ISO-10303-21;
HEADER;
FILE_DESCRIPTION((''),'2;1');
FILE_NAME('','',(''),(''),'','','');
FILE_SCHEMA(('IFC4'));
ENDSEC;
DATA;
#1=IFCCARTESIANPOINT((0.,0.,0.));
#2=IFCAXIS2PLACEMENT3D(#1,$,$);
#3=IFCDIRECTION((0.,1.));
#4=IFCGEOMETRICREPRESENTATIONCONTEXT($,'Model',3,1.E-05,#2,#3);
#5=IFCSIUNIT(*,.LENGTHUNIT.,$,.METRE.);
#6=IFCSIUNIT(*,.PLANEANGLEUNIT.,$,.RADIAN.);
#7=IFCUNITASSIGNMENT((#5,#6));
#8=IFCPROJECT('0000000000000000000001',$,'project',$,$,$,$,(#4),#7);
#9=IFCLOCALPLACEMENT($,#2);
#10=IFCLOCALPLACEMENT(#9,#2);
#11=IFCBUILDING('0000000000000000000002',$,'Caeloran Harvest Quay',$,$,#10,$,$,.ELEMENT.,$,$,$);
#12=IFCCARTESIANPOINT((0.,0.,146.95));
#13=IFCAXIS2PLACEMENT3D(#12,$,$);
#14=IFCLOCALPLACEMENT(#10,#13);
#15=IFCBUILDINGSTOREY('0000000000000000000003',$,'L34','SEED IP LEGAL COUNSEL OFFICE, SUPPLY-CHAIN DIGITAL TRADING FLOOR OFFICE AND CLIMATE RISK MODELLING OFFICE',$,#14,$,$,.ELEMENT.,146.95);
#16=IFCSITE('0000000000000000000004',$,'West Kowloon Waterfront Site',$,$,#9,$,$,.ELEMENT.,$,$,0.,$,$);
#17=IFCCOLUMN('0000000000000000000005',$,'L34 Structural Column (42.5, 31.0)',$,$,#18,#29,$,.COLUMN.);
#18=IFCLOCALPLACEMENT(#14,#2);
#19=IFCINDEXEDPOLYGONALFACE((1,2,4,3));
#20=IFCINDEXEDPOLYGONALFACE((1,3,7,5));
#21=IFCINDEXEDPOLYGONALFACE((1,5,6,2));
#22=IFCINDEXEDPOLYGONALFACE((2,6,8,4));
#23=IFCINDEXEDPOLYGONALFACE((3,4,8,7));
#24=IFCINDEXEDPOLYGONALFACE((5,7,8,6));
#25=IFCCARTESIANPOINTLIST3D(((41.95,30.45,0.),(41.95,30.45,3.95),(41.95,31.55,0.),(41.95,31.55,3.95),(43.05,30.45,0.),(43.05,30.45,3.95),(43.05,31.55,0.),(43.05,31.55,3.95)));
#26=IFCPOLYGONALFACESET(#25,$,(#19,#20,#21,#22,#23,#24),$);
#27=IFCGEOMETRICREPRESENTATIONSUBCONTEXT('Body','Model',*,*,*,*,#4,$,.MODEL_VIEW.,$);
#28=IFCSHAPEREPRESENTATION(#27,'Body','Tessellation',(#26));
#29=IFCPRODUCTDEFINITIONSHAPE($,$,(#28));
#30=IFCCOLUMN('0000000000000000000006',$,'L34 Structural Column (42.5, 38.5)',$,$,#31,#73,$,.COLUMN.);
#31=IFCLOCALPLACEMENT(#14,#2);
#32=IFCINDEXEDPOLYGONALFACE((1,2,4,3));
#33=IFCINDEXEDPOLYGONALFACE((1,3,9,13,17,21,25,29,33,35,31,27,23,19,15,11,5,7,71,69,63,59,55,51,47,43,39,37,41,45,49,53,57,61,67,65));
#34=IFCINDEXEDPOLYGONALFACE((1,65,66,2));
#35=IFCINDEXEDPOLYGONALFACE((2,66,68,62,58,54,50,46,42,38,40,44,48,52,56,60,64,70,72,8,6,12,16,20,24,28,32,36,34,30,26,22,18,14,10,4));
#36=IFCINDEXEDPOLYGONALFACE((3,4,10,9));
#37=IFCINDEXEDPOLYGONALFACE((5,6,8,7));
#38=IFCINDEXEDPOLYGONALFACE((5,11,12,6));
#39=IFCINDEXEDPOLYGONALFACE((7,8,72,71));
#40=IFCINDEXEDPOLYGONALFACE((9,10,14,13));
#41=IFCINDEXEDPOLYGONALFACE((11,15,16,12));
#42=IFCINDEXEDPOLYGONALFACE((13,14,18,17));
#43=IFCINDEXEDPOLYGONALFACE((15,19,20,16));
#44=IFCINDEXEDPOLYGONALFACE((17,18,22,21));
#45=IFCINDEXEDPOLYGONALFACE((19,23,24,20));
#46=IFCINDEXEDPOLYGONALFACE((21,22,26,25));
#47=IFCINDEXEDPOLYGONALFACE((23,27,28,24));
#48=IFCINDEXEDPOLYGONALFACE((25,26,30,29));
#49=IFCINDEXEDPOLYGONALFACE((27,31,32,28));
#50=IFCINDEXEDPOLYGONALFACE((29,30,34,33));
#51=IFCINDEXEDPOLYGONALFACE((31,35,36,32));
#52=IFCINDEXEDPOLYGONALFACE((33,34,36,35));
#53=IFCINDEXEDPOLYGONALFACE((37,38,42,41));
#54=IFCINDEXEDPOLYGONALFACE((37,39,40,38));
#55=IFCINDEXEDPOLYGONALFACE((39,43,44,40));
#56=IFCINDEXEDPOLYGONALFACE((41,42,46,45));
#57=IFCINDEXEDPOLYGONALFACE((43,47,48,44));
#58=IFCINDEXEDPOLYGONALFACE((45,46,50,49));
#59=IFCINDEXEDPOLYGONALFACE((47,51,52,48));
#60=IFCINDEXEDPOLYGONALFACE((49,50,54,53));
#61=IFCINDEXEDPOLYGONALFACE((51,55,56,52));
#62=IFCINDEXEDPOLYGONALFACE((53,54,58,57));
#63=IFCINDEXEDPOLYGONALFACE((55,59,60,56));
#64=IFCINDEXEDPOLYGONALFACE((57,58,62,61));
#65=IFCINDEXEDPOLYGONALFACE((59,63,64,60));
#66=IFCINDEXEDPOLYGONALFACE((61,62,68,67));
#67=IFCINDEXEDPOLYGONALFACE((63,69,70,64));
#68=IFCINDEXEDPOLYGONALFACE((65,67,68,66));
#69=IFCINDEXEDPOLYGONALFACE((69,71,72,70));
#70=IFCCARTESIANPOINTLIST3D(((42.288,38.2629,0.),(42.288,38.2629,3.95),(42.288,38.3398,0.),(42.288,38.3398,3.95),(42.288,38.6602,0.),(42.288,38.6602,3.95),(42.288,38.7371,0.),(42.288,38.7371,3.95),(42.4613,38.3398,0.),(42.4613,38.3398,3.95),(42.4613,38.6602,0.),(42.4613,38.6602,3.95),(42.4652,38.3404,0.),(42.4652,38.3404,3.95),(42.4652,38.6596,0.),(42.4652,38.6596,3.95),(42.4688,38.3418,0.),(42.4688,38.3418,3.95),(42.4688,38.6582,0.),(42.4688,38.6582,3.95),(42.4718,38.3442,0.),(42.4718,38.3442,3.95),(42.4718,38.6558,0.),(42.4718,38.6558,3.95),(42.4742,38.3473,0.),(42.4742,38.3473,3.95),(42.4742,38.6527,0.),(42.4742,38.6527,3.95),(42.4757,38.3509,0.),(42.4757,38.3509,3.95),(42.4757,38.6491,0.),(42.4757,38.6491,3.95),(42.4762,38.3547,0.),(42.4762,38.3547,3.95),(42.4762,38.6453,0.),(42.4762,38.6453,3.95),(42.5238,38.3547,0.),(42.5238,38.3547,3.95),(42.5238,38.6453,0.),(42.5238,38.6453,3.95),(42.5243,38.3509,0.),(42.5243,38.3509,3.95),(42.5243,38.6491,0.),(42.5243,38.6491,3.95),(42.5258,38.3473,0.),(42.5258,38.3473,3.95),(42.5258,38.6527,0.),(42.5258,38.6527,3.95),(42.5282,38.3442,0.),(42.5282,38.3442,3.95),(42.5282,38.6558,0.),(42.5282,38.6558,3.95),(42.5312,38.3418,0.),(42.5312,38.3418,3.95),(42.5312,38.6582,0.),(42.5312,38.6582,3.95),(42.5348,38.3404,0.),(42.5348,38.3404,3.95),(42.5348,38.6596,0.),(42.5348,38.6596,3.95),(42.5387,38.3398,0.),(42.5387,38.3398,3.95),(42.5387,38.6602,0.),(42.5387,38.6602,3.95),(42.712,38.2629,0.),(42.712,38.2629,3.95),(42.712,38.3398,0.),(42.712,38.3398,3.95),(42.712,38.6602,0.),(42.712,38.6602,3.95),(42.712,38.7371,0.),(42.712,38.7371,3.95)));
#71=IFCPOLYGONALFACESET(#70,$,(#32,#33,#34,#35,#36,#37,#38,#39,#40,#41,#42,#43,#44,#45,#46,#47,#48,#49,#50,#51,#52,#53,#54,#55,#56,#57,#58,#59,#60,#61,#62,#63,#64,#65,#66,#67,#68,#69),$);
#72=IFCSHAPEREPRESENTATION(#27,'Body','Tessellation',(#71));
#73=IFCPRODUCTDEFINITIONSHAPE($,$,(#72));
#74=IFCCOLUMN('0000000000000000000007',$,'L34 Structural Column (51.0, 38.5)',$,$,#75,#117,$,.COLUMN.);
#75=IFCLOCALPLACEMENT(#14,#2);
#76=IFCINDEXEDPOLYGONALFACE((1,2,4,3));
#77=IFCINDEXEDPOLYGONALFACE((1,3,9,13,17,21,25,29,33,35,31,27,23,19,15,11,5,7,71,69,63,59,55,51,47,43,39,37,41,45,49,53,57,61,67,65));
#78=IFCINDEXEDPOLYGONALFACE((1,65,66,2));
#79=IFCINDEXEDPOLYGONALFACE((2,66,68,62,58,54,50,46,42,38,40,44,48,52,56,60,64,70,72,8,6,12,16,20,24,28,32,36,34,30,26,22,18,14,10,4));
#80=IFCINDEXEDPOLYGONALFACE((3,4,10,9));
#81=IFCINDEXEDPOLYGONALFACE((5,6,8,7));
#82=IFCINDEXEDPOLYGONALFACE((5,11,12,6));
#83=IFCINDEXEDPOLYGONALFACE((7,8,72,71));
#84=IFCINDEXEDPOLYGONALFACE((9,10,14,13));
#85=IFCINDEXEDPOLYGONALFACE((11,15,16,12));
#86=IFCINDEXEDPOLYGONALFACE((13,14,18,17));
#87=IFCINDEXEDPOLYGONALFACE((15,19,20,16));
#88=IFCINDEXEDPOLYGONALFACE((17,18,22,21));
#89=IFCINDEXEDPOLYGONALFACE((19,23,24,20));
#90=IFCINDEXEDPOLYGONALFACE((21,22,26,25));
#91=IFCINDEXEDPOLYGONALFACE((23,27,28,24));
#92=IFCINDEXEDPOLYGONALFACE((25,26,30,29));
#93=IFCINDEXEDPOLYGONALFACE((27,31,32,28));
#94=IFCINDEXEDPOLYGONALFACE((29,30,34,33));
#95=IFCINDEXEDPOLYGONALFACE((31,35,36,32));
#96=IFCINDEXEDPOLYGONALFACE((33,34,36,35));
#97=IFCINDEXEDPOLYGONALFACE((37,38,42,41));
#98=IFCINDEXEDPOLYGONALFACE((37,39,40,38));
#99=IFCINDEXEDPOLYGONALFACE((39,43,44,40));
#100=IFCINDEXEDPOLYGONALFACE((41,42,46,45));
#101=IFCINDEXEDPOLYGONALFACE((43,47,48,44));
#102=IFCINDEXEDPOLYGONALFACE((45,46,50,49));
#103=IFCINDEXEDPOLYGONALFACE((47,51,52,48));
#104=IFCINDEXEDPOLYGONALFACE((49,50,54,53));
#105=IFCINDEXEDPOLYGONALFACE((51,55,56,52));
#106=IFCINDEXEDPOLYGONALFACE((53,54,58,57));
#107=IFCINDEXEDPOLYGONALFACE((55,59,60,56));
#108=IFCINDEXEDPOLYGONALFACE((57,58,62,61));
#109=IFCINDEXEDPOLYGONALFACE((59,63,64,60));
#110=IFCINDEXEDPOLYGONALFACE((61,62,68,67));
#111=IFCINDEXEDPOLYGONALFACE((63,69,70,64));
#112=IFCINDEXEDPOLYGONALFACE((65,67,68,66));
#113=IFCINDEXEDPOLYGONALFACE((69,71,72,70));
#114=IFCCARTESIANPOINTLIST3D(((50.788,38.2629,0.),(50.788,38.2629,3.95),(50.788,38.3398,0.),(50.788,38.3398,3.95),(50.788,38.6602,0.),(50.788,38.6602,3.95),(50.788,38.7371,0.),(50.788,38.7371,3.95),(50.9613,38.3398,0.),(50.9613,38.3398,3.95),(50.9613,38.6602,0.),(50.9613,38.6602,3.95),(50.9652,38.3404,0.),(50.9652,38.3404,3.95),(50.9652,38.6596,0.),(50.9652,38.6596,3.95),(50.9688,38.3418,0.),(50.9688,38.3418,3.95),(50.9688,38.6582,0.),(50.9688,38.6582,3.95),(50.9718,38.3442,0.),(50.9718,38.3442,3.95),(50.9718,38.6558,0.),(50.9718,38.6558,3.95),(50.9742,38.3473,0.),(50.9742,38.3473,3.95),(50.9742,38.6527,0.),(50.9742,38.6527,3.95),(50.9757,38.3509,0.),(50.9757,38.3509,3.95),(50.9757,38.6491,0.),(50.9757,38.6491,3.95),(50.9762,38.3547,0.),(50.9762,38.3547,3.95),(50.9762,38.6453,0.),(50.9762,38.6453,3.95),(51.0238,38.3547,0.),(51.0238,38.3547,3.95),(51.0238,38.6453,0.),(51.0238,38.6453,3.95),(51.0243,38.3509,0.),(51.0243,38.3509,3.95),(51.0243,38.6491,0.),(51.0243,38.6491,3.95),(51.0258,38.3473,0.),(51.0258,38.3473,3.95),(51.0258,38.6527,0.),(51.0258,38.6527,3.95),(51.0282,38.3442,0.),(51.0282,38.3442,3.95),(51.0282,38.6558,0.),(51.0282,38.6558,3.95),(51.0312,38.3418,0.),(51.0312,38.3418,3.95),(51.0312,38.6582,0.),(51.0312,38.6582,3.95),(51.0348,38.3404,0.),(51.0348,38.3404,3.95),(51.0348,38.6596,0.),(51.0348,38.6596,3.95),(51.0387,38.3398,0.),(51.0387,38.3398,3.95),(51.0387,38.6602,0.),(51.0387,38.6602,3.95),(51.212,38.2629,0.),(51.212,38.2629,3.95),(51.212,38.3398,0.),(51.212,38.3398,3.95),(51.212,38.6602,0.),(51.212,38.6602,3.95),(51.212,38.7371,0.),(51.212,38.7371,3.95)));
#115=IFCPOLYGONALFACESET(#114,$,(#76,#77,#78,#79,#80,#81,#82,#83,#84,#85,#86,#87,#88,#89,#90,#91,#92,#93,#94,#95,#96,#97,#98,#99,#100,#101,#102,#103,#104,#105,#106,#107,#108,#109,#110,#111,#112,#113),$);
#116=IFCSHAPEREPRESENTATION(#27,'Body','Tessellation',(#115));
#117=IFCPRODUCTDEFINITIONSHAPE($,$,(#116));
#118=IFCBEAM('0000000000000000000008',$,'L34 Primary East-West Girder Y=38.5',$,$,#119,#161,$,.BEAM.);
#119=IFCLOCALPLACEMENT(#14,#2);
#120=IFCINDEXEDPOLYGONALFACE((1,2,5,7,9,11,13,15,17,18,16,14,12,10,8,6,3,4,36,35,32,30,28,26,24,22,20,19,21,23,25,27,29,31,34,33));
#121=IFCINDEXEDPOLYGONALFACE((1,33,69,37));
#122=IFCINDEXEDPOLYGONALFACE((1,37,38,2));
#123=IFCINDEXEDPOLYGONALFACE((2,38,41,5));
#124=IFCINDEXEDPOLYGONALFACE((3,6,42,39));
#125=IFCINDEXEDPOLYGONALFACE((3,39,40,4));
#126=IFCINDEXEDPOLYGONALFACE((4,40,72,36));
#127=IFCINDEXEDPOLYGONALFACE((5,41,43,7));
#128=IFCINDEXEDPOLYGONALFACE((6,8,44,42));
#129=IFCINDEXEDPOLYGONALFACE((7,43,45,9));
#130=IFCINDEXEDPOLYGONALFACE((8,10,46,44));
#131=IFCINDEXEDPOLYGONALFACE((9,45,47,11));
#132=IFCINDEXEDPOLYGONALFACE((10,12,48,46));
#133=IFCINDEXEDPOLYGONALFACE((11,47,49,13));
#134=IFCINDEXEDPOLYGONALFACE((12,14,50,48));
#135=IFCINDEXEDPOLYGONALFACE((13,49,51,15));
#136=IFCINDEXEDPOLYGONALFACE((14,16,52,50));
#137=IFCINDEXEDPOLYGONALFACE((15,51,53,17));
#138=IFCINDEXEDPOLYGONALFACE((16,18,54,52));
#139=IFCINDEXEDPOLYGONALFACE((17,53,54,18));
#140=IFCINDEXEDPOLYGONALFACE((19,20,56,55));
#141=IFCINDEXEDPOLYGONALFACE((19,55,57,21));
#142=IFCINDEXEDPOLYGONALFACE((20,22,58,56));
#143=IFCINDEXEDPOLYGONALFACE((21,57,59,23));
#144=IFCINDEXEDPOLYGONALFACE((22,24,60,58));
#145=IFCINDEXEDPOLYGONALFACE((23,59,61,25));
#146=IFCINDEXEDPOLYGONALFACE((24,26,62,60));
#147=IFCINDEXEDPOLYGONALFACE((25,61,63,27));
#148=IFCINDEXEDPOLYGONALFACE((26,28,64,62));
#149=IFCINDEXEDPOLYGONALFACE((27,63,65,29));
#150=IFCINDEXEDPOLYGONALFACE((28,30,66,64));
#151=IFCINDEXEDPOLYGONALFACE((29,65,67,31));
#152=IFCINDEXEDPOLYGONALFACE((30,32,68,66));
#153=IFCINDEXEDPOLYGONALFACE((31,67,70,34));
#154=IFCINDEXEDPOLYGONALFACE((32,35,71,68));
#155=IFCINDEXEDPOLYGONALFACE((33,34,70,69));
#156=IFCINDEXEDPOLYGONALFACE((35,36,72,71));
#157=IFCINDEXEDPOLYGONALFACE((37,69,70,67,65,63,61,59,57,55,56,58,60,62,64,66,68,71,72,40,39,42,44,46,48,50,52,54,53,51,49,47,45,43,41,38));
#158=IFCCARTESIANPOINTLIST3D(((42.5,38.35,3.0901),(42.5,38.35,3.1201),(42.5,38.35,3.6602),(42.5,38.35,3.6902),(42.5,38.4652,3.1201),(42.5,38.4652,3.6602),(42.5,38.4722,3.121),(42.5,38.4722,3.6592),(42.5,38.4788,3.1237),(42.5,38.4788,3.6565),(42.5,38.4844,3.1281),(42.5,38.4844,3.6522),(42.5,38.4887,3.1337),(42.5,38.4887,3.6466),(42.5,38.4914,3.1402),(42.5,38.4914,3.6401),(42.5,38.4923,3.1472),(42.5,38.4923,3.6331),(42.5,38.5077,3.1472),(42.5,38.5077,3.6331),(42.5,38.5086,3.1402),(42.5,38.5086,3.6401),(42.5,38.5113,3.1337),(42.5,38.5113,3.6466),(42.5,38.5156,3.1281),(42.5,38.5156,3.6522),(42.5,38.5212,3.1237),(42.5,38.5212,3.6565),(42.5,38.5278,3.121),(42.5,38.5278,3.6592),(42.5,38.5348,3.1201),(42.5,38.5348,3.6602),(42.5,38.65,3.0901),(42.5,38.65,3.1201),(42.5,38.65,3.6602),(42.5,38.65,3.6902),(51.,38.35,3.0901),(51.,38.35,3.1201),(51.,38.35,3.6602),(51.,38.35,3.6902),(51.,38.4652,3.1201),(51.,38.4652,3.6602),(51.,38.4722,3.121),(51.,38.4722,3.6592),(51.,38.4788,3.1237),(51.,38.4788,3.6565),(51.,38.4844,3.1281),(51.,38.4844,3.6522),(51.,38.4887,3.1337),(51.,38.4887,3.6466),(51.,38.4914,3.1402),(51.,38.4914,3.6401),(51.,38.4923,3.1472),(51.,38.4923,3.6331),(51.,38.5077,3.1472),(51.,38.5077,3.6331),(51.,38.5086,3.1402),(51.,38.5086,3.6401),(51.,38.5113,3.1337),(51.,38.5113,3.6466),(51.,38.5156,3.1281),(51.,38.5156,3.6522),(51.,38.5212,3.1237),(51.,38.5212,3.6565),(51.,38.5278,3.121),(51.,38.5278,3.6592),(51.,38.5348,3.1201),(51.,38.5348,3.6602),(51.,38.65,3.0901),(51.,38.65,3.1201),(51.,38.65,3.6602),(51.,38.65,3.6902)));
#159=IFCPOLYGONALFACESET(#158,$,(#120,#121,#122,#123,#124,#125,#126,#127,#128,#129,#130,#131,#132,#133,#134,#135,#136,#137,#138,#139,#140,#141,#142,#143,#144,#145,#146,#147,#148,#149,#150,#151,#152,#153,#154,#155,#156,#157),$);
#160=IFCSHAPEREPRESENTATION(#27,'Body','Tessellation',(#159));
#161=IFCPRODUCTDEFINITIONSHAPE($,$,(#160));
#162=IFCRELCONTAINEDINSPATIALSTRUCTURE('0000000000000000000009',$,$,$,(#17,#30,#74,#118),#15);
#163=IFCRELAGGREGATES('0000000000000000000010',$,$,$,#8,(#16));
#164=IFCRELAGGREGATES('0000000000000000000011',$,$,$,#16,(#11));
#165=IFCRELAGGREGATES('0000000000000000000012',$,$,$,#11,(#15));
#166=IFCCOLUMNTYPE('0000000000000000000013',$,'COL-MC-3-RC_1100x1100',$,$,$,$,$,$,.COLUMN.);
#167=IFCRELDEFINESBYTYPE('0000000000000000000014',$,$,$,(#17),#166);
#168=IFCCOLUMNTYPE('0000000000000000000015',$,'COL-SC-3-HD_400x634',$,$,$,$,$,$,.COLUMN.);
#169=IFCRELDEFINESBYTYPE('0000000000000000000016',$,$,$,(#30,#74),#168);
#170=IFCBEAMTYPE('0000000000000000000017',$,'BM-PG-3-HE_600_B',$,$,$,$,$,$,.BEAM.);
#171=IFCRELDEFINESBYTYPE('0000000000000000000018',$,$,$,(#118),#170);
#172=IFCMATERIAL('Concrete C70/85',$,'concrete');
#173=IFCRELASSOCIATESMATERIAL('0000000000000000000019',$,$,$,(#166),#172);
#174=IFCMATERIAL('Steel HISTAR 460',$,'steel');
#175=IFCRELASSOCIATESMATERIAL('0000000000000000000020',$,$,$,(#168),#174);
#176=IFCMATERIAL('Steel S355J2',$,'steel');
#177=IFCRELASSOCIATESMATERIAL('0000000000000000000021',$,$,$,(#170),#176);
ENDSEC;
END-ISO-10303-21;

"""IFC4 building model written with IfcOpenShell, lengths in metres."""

from ifc_helpers import new_model, si_unit, direction, frame, origin, origin_2d, place, context, subcontext, project, spatial, rectangle, i_section, extrude, material, material_profile, profile_set, type_object, element, save


model = new_model("IFC4")

# Units and contexts
model_context = context("Model", 3, precision=1e-05, world=origin(), true_north=direction((0.0, 1.0)))
body_context = subcontext(model_context, "Body", "Model", "MODEL_VIEW")
ifc_project = project(units=[si_unit("LENGTHUNIT", "METRE"), si_unit("PLANEANGLEUNIT", "RADIAN")], contexts=[model_context])

# Site, building, storey
site_placement = place(None, origin())
site = spatial("IfcSite", under=ifc_project, at=site_placement, Name="West Kowloon Waterfront Site", CompositionType="ELEMENT", RefElevation=0.0)
building_placement = place(site_placement, origin())
building = spatial("IfcBuilding", under=site, at=building_placement, Name="Caeloran Harvest Quay", CompositionType="ELEMENT")
storey_placement = place(building_placement, frame((0.0, 0.0, 146.95)))
storey = spatial("IfcBuildingStorey", under=building, at=storey_placement, Name="L34", Description="SEED IP LEGAL COUNSEL OFFICE, SUPPLY-CHAIN DIGITAL TRADING FLOOR OFFICE AND CLIMATE RISK MODELLING OFFICE", CompositionType="ELEMENT", Elevation=146.95)

# Columns
ifc_material_1 = material(Name="Concrete C70/85", Category="concrete")
ifc_material_profile_1 = material_profile(ifc_material_1, rectangle(XDim=1.1001, YDim=1.1001, at=origin_2d()), Name="RC 1100x1100")
ifc_profile_set_1 = profile_set([ifc_material_profile_1], Name="Concrete C70/85")
column_type_1 = type_object("IfcColumnType", Name="COL-MC-3-RC_1100x1100", PredefinedType="COLUMN", material=ifc_profile_set_1)
column_placement = place(storey_placement, frame((42.5, 31.0, 0.0), z_axis=(0.0, 0.0, 1.0), x_axis=(1.0, 0.0, 0.0)))
element("IfcColumn", 1, at=column_placement, inside=storey, type_object=column_type_1, Name="L34 Structural Column (42.5, 31.0)", PredefinedType="COLUMN", context=body_context, shape_type="SweptSolid", body=[
    extrude(rectangle(XDim=1.1001, YDim=1.1001, at=origin_2d()), origin(), (0.0, 0.0, 1.0), 3.95),
])
ifc_material_2 = material(Name="Steel HISTAR 460", Category="steel")
ifc_material_profile_2 = material_profile(ifc_material_2, i_section(OverallWidth=0.4241, OverallDepth=0.4741, WebThickness=0.0476, FlangeThickness=0.0769, FilletRadius=0.0149, at=origin_2d()), Name="HD 400x634")
ifc_profile_set_2 = profile_set([ifc_material_profile_2], Name="Steel HISTAR 460")
column_type_2 = type_object("IfcColumnType", Name="COL-SC-3-HD_400x634", PredefinedType="COLUMN", material=ifc_profile_set_2)
for number, where, z_axis, x_axis, name in (
    (2, (42.5, 38.5, 0.0), (0.0, 0.0, 1.0), (1.0, 0.0, 0.0), "L34 Structural Column (42.5, 38.5)"),
    (3, (51.0, 38.5, 0.0), (0.0, 0.0, 1.0), (1.0, 0.0, 0.0), "L34 Structural Column (51.0, 38.5)"),
):
    element("IfcColumn", number, at=place(storey_placement, frame(where, z_axis=z_axis, x_axis=x_axis)), inside=storey, type_object=column_type_2, Name=name, PredefinedType="COLUMN", context=body_context, shape_type="SweptSolid", body=[
        extrude(i_section(OverallWidth=0.4241, OverallDepth=0.4741, WebThickness=0.0476, FlangeThickness=0.0769, FilletRadius=0.0149, at=origin_2d()), origin(), (0.0, 0.0, 1.0), 3.95),
    ])

# Beam
ifc_material_3 = material(Name="Steel S355J2", Category="steel")
ifc_material_profile_3 = material_profile(ifc_material_3, i_section(OverallWidth=0.3, OverallDepth=0.6001, WebThickness=0.0154, FlangeThickness=0.03, FilletRadius=0.0271, at=origin_2d()), Name="HE 600 B")
ifc_profile_set_3 = profile_set([ifc_material_profile_3], Name="Steel S355J2")
beam_type = type_object("IfcBeamType", Name="BM-PG-3-HE_600_B", PredefinedType="BEAM", material=ifc_profile_set_3)
beam_1_placement = place(storey_placement, frame((42.5, 38.5, 3.3901), z_axis=(1.0, 0.0, 0.0), x_axis=(0.0, 1.0, 0.0)))
element("IfcBeam", 4, at=beam_1_placement, inside=storey, type_object=beam_type, Name="L34 Primary East-West Girder Y=38.5", PredefinedType="BEAM", context=body_context, shape_type="SweptSolid", body=[
    extrude(i_section(OverallWidth=0.3, OverallDepth=0.6001, WebThickness=0.0154, FlangeThickness=0.03, FilletRadius=0.0271, at=origin_2d()), origin(), (0.0, 0.0, 1.0), 8.5),
])

save(model, "model.ifc")
